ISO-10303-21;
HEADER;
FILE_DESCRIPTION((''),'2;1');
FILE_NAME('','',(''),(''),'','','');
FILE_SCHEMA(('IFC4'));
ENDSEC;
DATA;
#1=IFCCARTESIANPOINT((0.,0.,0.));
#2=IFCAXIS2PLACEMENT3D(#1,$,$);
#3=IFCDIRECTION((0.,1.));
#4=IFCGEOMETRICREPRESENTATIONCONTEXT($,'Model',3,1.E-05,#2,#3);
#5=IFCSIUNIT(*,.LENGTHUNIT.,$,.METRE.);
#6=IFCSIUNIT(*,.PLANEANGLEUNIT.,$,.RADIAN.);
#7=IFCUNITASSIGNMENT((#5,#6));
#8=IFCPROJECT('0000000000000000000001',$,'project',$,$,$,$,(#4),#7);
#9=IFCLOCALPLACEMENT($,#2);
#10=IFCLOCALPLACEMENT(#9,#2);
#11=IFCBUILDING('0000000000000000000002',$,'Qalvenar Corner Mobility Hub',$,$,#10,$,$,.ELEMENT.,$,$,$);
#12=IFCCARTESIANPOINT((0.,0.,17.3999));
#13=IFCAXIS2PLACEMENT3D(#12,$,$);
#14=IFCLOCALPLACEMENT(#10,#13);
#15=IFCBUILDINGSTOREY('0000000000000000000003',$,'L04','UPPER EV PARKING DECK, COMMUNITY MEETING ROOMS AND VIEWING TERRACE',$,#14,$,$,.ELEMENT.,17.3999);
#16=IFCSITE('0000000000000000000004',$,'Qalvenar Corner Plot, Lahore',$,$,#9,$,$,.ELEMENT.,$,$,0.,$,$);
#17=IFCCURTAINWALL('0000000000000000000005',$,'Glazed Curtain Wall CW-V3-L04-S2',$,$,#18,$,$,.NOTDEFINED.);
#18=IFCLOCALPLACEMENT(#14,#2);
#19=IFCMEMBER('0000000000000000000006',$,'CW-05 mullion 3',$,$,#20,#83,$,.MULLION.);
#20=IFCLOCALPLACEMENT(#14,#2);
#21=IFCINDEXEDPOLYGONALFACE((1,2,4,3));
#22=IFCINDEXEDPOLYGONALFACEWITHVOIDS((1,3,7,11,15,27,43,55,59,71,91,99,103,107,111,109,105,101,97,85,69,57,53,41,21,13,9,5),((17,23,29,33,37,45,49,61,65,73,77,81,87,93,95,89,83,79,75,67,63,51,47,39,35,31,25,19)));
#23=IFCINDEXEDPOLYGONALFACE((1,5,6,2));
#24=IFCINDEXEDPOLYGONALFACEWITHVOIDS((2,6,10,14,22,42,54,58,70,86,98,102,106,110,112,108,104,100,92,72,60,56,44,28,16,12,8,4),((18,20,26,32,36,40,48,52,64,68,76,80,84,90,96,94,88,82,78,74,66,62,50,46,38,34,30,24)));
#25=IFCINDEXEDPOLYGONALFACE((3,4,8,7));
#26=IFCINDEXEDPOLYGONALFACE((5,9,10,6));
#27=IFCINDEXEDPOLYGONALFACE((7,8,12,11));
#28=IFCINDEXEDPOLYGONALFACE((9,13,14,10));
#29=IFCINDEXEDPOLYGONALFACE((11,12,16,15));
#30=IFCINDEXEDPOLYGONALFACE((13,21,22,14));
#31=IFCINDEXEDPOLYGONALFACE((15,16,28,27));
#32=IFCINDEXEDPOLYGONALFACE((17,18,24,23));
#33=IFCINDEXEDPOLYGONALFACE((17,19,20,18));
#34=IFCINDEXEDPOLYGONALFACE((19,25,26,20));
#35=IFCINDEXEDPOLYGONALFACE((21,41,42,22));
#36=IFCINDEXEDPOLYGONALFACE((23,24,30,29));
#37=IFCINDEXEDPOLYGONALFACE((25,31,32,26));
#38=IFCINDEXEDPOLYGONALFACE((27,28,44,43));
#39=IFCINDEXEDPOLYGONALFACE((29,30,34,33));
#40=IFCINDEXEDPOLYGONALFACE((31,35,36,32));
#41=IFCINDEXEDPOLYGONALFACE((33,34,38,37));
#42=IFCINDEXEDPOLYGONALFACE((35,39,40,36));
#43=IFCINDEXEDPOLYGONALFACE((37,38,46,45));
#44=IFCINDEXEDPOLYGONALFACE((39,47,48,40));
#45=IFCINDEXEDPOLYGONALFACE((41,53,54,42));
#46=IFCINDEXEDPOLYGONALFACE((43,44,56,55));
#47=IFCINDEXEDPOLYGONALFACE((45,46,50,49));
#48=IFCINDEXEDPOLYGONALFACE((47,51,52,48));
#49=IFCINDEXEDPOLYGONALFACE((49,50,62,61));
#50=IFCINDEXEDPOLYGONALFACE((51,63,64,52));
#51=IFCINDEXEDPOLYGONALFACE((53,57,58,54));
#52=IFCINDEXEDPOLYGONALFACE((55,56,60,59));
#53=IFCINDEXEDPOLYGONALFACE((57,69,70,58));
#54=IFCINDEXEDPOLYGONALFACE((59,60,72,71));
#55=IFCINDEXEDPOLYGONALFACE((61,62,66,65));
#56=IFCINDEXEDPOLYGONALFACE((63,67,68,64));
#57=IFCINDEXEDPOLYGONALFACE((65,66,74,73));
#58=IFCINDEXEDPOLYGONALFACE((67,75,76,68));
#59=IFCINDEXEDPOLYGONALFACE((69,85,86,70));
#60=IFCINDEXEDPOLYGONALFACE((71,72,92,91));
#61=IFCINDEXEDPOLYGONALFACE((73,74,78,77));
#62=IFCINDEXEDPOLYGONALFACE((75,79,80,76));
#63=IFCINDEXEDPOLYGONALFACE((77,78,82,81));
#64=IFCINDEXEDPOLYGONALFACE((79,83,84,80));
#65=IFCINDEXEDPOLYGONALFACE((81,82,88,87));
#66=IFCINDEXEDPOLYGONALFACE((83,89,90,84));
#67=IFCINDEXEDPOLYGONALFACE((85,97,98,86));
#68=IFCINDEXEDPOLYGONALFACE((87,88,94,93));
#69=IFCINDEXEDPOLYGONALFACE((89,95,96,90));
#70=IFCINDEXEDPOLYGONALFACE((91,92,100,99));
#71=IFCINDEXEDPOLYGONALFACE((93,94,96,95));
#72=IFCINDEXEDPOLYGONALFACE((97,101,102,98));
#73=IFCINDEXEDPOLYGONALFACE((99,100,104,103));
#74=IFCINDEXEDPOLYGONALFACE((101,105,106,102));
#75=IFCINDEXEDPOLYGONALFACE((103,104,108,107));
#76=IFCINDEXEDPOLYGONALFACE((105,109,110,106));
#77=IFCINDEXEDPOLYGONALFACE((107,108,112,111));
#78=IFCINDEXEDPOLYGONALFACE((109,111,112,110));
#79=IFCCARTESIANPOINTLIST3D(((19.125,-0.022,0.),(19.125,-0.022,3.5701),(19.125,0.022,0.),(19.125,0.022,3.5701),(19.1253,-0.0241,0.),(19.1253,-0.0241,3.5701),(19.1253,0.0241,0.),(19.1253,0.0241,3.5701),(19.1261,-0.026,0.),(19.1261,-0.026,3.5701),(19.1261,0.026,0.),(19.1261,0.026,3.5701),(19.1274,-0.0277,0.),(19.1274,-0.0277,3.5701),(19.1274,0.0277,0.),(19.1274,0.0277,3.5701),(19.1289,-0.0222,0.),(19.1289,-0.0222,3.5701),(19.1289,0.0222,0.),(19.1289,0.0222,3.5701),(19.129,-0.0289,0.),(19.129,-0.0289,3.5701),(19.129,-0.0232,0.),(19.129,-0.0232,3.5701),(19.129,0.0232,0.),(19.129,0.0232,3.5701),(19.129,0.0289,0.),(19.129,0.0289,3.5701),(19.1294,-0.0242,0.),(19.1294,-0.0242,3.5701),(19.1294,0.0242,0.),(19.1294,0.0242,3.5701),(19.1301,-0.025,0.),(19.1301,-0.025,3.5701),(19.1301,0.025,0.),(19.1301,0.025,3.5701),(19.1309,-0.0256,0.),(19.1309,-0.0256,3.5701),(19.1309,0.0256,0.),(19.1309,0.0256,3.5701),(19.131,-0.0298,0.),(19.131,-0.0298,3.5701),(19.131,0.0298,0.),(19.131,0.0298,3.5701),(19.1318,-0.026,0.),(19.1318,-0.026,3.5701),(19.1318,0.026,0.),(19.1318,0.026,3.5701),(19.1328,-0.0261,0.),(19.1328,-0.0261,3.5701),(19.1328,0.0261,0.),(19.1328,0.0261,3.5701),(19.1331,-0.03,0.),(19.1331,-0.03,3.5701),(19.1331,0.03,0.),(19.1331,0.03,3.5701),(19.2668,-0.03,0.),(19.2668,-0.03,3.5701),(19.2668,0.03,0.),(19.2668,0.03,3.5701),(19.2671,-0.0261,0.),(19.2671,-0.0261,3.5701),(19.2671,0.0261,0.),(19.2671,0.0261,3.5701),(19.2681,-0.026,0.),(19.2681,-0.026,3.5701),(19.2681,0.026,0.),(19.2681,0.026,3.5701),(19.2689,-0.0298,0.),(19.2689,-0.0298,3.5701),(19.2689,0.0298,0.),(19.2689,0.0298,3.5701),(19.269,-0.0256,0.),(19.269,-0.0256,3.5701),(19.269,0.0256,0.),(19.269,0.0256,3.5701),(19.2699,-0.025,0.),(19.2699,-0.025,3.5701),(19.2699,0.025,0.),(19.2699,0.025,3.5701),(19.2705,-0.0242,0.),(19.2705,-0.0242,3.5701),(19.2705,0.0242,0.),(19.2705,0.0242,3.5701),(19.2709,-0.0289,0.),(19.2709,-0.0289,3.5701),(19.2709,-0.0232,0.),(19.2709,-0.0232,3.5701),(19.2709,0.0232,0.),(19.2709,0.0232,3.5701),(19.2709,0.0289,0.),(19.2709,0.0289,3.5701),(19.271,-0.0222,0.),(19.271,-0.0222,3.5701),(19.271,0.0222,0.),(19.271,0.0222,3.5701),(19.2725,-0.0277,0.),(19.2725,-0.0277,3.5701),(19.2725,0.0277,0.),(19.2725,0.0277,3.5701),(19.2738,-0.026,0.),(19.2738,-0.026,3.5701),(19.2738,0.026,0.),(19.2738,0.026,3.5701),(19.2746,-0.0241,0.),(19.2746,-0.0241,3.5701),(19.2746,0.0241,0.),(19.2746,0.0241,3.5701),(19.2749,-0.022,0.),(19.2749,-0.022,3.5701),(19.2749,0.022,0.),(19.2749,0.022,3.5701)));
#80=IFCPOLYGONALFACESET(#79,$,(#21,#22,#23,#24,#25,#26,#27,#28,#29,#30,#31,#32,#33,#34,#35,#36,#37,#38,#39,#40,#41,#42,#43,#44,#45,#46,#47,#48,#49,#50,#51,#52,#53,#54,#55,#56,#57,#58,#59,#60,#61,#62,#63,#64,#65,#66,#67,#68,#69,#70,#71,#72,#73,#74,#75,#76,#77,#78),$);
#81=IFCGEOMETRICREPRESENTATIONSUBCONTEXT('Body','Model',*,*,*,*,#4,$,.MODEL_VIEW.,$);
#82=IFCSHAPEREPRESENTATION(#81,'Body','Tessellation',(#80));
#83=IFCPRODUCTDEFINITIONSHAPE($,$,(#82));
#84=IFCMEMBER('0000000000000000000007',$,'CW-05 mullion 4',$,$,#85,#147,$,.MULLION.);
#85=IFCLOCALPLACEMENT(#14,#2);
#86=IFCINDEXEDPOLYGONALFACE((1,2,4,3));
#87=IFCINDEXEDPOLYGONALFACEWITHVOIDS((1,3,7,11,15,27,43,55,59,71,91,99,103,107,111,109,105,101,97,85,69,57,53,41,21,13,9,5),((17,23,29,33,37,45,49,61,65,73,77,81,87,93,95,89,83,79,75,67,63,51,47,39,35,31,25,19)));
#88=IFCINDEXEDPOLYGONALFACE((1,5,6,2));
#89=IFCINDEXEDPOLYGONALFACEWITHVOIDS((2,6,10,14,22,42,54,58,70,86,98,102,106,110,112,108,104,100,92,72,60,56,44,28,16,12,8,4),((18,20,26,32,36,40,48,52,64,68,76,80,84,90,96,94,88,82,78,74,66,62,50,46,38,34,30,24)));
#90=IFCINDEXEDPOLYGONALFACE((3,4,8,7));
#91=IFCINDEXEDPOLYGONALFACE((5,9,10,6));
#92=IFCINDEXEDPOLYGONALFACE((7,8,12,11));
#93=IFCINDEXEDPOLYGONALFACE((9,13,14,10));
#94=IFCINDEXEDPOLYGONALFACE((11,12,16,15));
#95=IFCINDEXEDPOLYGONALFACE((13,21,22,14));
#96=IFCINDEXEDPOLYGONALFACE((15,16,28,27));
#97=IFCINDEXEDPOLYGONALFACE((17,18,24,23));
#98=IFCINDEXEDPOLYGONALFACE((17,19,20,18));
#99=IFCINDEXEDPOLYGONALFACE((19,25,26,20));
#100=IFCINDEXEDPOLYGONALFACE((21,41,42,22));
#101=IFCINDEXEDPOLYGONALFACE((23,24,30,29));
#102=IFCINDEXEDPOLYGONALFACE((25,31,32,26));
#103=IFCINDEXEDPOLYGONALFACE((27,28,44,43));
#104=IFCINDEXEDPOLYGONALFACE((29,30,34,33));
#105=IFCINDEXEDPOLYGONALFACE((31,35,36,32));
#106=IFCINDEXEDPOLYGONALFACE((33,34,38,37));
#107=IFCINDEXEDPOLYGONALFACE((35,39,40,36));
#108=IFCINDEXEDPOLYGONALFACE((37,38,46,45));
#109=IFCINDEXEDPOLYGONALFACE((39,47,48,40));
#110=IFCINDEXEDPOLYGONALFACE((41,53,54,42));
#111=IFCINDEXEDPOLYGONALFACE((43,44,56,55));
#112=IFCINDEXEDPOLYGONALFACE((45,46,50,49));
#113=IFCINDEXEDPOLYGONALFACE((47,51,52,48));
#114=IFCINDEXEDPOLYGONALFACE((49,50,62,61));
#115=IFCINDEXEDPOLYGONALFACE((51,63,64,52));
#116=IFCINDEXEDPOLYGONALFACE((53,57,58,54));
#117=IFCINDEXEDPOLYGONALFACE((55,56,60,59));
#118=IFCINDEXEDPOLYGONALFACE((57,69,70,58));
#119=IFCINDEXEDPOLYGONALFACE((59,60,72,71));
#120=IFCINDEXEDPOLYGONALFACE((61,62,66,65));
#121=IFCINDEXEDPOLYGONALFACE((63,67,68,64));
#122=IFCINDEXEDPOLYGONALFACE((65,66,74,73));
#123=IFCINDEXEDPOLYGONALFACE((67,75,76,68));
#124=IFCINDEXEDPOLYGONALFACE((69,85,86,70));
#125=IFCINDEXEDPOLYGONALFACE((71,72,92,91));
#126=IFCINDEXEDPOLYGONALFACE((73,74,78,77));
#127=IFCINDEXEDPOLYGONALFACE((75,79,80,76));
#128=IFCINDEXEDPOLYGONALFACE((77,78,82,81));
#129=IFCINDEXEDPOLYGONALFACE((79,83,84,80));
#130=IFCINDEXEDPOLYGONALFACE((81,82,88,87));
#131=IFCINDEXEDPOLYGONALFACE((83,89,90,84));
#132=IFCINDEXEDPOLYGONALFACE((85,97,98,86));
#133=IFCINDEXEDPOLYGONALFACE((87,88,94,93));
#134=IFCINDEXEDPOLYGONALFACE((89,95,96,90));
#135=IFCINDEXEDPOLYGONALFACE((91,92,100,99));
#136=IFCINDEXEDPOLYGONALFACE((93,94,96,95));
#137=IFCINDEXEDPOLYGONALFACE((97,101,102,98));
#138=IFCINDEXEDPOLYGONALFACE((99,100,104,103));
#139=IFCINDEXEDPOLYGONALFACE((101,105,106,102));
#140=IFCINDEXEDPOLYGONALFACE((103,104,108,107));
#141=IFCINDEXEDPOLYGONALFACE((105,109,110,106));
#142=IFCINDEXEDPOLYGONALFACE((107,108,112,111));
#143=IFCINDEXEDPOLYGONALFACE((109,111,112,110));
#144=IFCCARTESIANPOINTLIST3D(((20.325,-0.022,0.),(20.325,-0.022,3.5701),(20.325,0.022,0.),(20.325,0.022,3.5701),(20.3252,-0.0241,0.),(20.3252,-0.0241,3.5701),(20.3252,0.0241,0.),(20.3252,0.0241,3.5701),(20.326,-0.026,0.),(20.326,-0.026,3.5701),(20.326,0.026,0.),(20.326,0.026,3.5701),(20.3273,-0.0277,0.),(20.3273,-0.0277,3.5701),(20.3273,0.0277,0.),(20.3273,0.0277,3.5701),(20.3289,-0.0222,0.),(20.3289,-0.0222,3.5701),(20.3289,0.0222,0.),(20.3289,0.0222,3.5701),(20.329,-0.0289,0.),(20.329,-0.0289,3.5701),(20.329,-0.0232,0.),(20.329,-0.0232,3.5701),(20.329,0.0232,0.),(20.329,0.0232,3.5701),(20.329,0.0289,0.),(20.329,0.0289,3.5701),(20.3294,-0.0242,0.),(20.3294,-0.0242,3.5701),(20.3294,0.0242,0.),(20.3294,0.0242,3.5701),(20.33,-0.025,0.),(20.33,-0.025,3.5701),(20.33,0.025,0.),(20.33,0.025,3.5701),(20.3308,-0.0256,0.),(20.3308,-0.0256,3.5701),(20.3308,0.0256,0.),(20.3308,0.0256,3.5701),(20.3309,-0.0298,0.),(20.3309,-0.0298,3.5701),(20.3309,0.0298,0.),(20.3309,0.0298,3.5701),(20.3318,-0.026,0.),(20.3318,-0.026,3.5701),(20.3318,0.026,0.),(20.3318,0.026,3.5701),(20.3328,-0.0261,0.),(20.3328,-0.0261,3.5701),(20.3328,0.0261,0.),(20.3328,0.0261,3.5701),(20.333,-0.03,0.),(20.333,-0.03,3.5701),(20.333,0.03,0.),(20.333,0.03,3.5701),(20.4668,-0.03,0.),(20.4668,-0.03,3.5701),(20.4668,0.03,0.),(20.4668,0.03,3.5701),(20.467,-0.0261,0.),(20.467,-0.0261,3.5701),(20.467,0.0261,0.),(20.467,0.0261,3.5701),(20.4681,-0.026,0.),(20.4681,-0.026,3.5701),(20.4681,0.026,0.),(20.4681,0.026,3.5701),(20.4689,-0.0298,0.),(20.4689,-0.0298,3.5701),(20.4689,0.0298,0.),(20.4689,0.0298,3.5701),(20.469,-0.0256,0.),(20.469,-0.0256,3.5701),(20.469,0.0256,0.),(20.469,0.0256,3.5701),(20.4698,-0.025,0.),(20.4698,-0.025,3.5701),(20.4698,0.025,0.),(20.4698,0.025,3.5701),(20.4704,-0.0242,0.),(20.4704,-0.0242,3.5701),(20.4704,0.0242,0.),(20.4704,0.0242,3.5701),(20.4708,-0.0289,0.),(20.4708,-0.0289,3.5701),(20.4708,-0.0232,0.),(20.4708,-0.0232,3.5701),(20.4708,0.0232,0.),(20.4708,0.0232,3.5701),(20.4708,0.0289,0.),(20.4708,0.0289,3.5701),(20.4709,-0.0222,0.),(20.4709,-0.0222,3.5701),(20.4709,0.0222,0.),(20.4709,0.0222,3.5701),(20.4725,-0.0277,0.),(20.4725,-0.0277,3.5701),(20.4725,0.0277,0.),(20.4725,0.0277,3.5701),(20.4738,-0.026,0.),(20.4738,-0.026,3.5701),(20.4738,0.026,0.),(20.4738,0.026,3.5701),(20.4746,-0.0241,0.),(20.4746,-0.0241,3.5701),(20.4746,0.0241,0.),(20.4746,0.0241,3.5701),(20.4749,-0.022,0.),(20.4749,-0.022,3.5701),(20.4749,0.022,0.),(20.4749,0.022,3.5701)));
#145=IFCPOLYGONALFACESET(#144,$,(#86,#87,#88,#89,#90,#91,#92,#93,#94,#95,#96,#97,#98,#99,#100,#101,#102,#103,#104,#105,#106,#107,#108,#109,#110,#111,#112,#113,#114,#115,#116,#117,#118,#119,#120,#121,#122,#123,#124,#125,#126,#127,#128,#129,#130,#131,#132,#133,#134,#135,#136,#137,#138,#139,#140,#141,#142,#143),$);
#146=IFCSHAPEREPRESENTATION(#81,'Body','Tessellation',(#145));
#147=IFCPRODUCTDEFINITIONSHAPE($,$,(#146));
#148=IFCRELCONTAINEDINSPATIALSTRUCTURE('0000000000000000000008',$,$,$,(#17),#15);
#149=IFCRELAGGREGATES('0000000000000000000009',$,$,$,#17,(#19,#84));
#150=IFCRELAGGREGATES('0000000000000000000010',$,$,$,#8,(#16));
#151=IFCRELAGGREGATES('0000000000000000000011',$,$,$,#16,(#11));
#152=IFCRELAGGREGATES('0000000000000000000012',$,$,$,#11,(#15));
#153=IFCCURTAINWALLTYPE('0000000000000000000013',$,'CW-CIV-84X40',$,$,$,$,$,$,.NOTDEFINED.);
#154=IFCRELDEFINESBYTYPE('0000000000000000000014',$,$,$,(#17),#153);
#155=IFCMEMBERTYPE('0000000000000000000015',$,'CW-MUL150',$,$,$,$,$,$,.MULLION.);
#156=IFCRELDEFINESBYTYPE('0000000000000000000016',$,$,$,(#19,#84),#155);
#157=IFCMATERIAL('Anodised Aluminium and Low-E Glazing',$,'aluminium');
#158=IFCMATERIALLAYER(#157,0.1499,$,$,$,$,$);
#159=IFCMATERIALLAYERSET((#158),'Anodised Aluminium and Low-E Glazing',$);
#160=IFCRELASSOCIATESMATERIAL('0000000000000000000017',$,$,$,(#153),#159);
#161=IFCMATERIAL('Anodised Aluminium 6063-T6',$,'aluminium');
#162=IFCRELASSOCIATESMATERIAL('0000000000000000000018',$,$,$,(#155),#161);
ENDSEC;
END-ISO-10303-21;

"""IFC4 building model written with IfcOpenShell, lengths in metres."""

from ifc_helpers import new_model, si_unit, direction, frame, origin, origin_2d, place, context, subcontext, project, spatial, hollow_rectangle, extrude, material, layer, layer_set, material_profile, profile_set, type_object, element, aggregate, save


model = new_model("IFC4")

# Units and contexts
model_context = context("Model", 3, precision=1e-05, world=origin(), true_north=direction((0.0, 1.0)))
body_context = subcontext(model_context, "Body", "Model", "MODEL_VIEW")
ifc_project = project(units=[si_unit("LENGTHUNIT", "METRE"), si_unit("PLANEANGLEUNIT", "RADIAN")], contexts=[model_context])

# Site, building, storey
site_placement = place(None, origin())
site = spatial("IfcSite", under=ifc_project, at=site_placement, Name="Qalvenar Corner Plot, Lahore", CompositionType="ELEMENT", RefElevation=0.0)
building_placement = place(site_placement, origin())
building = spatial("IfcBuilding", under=site, at=building_placement, Name="Qalvenar Corner Mobility Hub", CompositionType="ELEMENT")
storey_placement = place(building_placement, frame((0.0, 0.0, 17.3999)))
storey = spatial("IfcBuildingStorey", under=building, at=storey_placement, Name="L04", Description="UPPER EV PARKING DECK, COMMUNITY MEETING ROOMS AND VIEWING TERRACE", CompositionType="ELEMENT", Elevation=17.3999)

# Curtain wall, members
ifc_material_1 = material(Name="Anodised Aluminium and Low-E Glazing", Category="aluminium")
ifc_layer_1 = layer(ifc_material_1, 0.1499)
ifc_layer_set_1 = layer_set([ifc_layer_1], Name="Anodised Aluminium and Low-E Glazing")
curtain_wall_type = type_object("IfcCurtainWallType", Name="CW-CIV-84X40", PredefinedType="NOTDEFINED", material=ifc_layer_set_1)
curtain_wall_placement = place(storey_placement, origin())
curtain_wall = element("IfcCurtainWall", 1, at=curtain_wall_placement, inside=storey, type_object=curtain_wall_type, Name="Glazed Curtain Wall CW-V3-L04-S2", PredefinedType="NOTDEFINED")
ifc_material_2 = material(Name="Anodised Aluminium 6063-T6", Category="aluminium")
ifc_material_profile_1 = material_profile(ifc_material_2, hollow_rectangle(XDim=0.0601, YDim=0.1499, WallThickness=0.0039, InnerFilletRadius=0.0039, OuterFilletRadius=0.0081, at=origin_2d()), Name="RHS150x60x4")
ifc_profile_set_1 = profile_set([ifc_material_profile_1], Name="Anodised Aluminium 6063-T6")
member_type_1 = type_object("IfcMemberType", Name="CW-MUL150", PredefinedType="MULLION", material=ifc_profile_set_1)
member_1_placement = place(storey_placement, frame((19.2, 0.0, 0.0), z_axis=(0.0, 0.0, 1.0), x_axis=(0.0, 1.0, 0.0)))
member_1 = element("IfcMember", 2, at=member_1_placement, type_object=member_type_1, Name="CW-05 mullion 3", PredefinedType="MULLION", context=body_context, shape_type="SweptSolid", body=[
    extrude(hollow_rectangle(XDim=0.0601, YDim=0.1499, WallThickness=0.0039, InnerFilletRadius=0.0039, OuterFilletRadius=0.0081, at=origin_2d()), origin(), (0.0, 0.0, 1.0), 3.5701),
])
member_2_placement = place(storey_placement, frame((20.3999, 0.0, 0.0), z_axis=(0.0, 0.0, 1.0), x_axis=(0.0, 1.0, 0.0)))
member_2 = element("IfcMember", 3, at=member_2_placement, type_object=member_type_1, Name="CW-05 mullion 4", PredefinedType="MULLION", context=body_context, shape_type="SweptSolid", body=[
    extrude(hollow_rectangle(XDim=0.0601, YDim=0.1499, WallThickness=0.0039, InnerFilletRadius=0.0039, OuterFilletRadius=0.0081, at=origin_2d()), origin(), (0.0, 0.0, 1.0), 3.5701),
])
aggregate(curtain_wall, [member_1, member_2])

save(model, "model.ifc")
